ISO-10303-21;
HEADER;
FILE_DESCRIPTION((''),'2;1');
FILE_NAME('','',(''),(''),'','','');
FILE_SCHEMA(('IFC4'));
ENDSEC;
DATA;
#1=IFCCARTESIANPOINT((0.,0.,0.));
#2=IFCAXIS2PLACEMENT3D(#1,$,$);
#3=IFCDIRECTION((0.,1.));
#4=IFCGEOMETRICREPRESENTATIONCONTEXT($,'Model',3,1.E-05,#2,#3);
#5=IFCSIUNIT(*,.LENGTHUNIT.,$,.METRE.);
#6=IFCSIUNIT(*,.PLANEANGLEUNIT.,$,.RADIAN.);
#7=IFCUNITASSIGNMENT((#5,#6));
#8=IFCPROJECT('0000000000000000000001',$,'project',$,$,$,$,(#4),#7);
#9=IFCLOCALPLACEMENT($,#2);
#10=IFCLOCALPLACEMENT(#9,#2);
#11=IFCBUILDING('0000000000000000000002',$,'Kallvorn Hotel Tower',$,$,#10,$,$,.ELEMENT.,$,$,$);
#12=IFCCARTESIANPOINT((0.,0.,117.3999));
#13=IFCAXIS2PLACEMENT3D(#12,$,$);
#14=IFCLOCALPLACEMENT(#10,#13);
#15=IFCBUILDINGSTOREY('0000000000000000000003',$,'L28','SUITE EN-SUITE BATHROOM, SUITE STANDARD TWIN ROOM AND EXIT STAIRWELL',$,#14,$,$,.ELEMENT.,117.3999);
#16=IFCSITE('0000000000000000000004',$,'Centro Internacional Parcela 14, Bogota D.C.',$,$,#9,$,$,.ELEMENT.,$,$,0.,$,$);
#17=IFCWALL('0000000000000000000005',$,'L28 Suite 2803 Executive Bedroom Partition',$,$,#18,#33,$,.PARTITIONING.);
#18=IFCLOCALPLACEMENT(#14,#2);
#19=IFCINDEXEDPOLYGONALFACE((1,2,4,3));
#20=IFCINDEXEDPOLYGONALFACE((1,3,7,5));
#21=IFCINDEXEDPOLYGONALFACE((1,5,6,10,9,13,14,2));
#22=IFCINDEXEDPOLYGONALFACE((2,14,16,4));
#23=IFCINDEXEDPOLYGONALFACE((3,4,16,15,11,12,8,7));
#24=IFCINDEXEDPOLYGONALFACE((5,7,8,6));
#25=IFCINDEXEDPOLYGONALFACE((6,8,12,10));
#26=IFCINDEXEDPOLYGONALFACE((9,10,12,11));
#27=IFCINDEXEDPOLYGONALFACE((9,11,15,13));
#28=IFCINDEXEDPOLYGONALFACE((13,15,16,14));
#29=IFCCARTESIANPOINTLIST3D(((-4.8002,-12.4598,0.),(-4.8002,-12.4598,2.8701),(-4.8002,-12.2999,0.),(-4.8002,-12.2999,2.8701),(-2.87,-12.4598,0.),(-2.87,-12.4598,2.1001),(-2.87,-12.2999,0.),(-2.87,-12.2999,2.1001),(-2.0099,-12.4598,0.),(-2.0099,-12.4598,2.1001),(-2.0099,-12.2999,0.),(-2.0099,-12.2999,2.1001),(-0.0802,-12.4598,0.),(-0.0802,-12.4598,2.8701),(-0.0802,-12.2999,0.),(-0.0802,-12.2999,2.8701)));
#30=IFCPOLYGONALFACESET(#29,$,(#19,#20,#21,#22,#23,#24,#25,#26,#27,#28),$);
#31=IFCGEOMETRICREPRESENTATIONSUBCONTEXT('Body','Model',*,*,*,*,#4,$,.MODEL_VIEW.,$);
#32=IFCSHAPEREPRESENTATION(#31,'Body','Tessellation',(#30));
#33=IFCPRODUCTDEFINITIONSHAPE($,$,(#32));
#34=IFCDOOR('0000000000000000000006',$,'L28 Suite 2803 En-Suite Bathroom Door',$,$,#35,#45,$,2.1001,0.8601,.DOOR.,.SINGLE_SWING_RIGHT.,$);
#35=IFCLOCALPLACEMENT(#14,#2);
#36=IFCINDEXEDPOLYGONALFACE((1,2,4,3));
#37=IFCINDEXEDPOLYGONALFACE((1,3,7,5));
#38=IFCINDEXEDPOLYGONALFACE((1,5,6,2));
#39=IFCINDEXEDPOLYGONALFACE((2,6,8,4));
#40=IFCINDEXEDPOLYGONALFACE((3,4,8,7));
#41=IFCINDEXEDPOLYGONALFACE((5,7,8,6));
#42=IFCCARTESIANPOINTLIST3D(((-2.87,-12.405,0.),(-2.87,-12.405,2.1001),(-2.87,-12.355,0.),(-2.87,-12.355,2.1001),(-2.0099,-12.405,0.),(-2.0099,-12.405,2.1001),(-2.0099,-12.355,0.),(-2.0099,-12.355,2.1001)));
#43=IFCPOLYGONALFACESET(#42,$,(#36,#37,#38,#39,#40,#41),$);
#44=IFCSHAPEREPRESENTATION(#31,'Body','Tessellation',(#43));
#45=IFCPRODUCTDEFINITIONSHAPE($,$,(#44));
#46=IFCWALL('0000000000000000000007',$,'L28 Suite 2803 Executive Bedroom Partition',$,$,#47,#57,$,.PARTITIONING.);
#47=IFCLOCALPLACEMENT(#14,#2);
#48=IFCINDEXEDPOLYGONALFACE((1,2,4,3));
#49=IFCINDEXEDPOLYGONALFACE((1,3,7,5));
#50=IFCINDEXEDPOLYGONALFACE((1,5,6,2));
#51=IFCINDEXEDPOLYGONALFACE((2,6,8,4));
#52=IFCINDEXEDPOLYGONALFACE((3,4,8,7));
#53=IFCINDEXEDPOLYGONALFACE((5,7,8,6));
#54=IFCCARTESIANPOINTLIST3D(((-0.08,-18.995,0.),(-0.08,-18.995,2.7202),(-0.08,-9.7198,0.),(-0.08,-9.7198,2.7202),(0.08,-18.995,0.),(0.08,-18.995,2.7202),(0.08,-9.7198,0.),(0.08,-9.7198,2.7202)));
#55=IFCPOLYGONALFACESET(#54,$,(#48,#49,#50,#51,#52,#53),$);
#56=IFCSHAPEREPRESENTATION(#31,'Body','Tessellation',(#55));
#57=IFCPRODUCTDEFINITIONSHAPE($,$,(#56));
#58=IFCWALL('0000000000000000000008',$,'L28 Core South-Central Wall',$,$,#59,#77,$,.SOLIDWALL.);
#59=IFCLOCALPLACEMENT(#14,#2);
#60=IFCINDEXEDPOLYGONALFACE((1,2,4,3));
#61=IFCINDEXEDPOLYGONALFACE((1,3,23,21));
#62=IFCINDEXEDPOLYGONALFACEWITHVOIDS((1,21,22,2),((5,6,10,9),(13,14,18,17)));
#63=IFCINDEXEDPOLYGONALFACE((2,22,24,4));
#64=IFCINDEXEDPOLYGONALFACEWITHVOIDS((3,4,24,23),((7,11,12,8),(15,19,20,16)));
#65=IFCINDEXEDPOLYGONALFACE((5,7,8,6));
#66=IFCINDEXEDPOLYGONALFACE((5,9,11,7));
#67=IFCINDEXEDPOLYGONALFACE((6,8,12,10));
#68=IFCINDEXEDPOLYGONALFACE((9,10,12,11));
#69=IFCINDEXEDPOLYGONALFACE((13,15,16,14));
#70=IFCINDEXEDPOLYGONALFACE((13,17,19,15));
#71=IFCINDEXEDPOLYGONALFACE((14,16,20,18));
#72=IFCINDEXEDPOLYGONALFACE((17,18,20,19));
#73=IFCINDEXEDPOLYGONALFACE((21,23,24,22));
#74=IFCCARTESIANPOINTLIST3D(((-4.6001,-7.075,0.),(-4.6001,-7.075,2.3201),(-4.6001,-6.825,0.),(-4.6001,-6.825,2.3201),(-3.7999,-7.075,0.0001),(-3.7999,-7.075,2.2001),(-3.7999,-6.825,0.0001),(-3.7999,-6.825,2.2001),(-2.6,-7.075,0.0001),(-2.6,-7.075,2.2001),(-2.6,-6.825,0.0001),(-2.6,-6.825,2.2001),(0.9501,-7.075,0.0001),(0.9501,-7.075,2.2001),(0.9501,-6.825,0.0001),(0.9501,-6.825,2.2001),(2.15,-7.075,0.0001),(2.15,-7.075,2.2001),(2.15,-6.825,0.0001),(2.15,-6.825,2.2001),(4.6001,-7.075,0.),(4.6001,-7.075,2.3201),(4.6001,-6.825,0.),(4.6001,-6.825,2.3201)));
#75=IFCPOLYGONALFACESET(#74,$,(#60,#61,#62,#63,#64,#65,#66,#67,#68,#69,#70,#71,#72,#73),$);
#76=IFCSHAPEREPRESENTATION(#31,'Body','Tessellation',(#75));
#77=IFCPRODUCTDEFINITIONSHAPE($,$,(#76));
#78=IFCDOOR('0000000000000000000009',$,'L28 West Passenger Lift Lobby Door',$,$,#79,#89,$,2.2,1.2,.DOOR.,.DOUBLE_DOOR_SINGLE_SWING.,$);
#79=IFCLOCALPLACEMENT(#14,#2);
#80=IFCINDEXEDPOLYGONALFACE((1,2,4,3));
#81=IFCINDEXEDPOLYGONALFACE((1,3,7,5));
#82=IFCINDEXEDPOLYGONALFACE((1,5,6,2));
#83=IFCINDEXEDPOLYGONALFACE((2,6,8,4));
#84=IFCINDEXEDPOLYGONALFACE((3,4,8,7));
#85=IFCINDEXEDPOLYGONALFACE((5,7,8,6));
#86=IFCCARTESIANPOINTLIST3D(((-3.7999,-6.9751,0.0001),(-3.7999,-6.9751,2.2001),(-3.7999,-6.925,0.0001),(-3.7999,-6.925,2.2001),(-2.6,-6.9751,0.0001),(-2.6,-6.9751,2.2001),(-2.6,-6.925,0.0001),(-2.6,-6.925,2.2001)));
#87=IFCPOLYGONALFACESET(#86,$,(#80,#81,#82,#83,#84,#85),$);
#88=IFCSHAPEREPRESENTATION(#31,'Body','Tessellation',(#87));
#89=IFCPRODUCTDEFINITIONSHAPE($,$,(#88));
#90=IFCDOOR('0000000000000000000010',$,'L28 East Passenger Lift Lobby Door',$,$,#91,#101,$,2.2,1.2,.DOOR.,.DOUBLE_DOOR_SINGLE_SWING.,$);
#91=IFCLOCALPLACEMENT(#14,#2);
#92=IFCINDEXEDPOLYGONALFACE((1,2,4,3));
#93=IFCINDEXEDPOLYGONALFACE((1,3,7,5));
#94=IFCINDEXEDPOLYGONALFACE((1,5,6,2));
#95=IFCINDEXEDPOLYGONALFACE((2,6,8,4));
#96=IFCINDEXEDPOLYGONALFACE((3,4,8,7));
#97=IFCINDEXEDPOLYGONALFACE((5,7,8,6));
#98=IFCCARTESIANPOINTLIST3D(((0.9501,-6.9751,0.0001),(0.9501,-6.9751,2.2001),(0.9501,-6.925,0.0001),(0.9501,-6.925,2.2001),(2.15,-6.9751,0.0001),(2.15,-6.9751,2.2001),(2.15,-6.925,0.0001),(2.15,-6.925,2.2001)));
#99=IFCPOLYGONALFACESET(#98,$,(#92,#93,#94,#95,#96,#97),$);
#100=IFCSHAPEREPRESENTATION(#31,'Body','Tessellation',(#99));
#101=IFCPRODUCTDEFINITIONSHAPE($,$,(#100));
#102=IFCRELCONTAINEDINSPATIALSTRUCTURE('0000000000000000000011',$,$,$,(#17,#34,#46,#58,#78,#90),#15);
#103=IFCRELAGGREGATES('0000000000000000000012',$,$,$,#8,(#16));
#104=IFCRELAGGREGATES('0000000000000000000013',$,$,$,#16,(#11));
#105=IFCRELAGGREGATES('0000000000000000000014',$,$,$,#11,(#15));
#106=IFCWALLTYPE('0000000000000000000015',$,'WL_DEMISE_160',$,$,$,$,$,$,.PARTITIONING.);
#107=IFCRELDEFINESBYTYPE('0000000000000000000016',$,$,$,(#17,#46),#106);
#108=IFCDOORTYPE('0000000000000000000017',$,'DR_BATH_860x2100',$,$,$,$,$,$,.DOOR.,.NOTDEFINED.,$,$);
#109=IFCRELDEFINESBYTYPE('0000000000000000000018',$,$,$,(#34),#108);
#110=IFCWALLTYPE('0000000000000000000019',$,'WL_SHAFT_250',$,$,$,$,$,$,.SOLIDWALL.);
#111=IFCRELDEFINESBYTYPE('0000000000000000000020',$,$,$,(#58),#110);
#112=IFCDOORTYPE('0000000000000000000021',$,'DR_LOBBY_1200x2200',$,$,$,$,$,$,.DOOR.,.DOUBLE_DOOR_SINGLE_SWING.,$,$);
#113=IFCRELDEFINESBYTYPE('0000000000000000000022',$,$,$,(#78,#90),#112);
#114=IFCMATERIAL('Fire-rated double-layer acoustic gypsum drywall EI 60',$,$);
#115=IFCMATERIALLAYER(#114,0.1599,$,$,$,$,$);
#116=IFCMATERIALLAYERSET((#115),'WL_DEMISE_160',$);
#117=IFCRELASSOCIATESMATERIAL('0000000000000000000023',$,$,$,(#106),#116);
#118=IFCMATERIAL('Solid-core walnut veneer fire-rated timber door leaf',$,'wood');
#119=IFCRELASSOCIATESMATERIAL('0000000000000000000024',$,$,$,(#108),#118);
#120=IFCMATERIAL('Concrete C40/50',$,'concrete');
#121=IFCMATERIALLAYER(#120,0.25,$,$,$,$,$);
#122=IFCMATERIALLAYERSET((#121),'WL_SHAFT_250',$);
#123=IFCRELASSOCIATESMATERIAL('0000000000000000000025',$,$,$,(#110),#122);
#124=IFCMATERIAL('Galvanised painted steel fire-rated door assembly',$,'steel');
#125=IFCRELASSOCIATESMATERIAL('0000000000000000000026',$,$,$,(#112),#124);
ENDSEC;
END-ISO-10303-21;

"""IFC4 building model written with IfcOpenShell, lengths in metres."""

from ifc_helpers import new_model, si_unit, direction, frame, frame_2d, origin, place, context, subcontext, project, spatial, rectangle, extrude, material, layer, layer_set, type_object, element, fill, save


model = new_model("IFC4")

# Units and contexts
model_context = context("Model", 3, precision=1e-05, world=origin(), true_north=direction((0.0, 1.0)))
body_context = subcontext(model_context, "Body", "Model", "MODEL_VIEW")
ifc_project = project(units=[si_unit("LENGTHUNIT", "METRE"), si_unit("PLANEANGLEUNIT", "RADIAN")], contexts=[model_context])

# Site, building, storey
site_placement = place(None, origin())
site = spatial("IfcSite", under=ifc_project, at=site_placement, Name="Centro Internacional Parcela 14, Bogota D.C.", CompositionType="ELEMENT", RefElevation=0.0)
building_placement = place(site_placement, origin())
building = spatial("IfcBuilding", under=site, at=building_placement, Name="Kallvorn Hotel Tower", CompositionType="ELEMENT")
storey_placement = place(building_placement, frame((0.0, 0.0, 117.3999)))
storey = spatial("IfcBuildingStorey", under=building, at=storey_placement, Name="L28", Description="SUITE EN-SUITE BATHROOM, SUITE STANDARD TWIN ROOM AND EXIT STAIRWELL", CompositionType="ELEMENT", Elevation=117.3999)

# Wall, opening, door
ifc_material_1 = material(Name="Fire-rated double-layer acoustic gypsum drywall EI 60")
ifc_layer_1 = layer(ifc_material_1, 0.1599)
ifc_layer_set_1 = layer_set([ifc_layer_1], Name="WL_DEMISE_160")
wall_type_1 = type_object("IfcWallType", Name="WL_DEMISE_160", PredefinedType="PARTITIONING", material=ifc_layer_set_1)
wall_1_placement = place(storey_placement, frame((-4.8, -12.3799, 0.0), z_axis=(0.0, 0.0, 1.0), x_axis=(1.0, 0.0, 0.0)))
wall_1 = element("IfcWall", 1, at=wall_1_placement, inside=storey, type_object=wall_type_1, Name="L28 Suite 2803 Executive Bedroom Partition", PredefinedType="PARTITIONING", context=body_context, shape_type="SweptSolid", body=[
    extrude(rectangle(XDim=4.72, YDim=0.1599, at=frame_2d((2.3599, 0.0))), origin(), (0.0, 0.0, 1.0), 2.8701),
])
opening_1_placement = place(wall_1_placement, frame((1.9299, 0.0, 0.0)))
opening_1 = element("IfcOpeningElement", 2, at=opening_1_placement, cuts=wall_1, PredefinedType="OPENING", context=body_context, shape_type="SweptSolid", body=[
    extrude(rectangle(XDim=0.8601, YDim=2.1001, at=frame_2d((0.4302, 1.05))), frame((0.0, 0.095, 0.0), z_axis=(0.0, -1.0, 0.0), x_axis=(1.0, 0.0, 0.0)), (0.0, 0.0, 1.0), 0.1899),
])
ifc_material_2 = material(Name="Solid-core walnut veneer fire-rated timber door leaf", Category="wood")
door_type_1 = type_object("IfcDoorType", Name="DR_BATH_860x2100", OperationType="NOTDEFINED", PredefinedType="DOOR", material=ifc_material_2)
door_1_placement = place(opening_1_placement, origin())
door_1 = element("IfcDoor", 3, at=door_1_placement, inside=storey, type_object=door_type_1, Name="L28 Suite 2803 En-Suite Bathroom Door", OperationType="SINGLE_SWING_RIGHT", OverallHeight=2.1001, OverallWidth=0.8601, PredefinedType="DOOR", context=body_context, shape_type="SweptSolid", body=[
    extrude(rectangle(XDim=0.8601, YDim=2.1001, at=frame_2d((0.4302, 1.05))), frame((0.0, 0.0249, 0.0), z_axis=(0.0, -1.0, 0.0), x_axis=(1.0, 0.0, 0.0)), (0.0, 0.0, 1.0), 0.05),
])
fill(opening_1, door_1)

# Wall
wall_2_placement = place(storey_placement, frame((0.0, -18.9951, 0.0), z_axis=(0.0, 0.0, 1.0), x_axis=(0.0, 1.0, 0.0)))
element("IfcWall", 4, at=wall_2_placement, inside=storey, type_object=wall_type_1, Name="L28 Suite 2803 Executive Bedroom Partition", PredefinedType="PARTITIONING", context=body_context, shape_type="SweptSolid", body=[
    extrude(rectangle(XDim=9.2751, YDim=0.1599, at=frame_2d((4.6377, 0.0))), origin(), (0.0, 0.0, 1.0), 2.7202),
])

# Wall, openings, doors
ifc_material_3 = material(Name="Concrete C40/50", Category="concrete")
ifc_layer_2 = layer(ifc_material_3, 0.25)
ifc_layer_set_2 = layer_set([ifc_layer_2], Name="WL_SHAFT_250")
wall_type_2 = type_object("IfcWallType", Name="WL_SHAFT_250", PredefinedType="SOLIDWALL", material=ifc_layer_set_2)
wall_3_placement = place(storey_placement, frame((-4.6001, -6.95, 0.0), z_axis=(0.0, 0.0, 1.0), x_axis=(1.0, 0.0, 0.0)))
wall_3 = element("IfcWall", 5, at=wall_3_placement, inside=storey, type_object=wall_type_2, Name="L28 Core South-Central Wall", PredefinedType="SOLIDWALL", context=body_context, shape_type="SweptSolid", body=[
    extrude(rectangle(XDim=9.2002, YDim=0.25, at=frame_2d((4.6001, 0.0))), origin(), (0.0, 0.0, 1.0), 2.3201),
])
opening_2_placement = place(wall_3_placement, frame((0.8, 0.0, 0.0)))
opening_2 = element("IfcOpeningElement", 6, at=opening_2_placement, cuts=wall_3, PredefinedType="OPENING", context=body_context, shape_type="SweptSolid", body=[
    extrude(rectangle(XDim=1.2, YDim=2.2, at=frame_2d((0.6001, 1.1001))), frame((0.0, 0.1399, 0.0), z_axis=(0.0, -1.0, 0.0), x_axis=(1.0, 0.0, 0.0)), (0.0, 0.0, 1.0), 0.28),
])
opening_3_placement = place(wall_3_placement, frame((5.55, 0.0, 0.0)))
opening_3 = element("IfcOpeningElement", 7, at=opening_3_placement, cuts=wall_3, PredefinedType="OPENING", context=body_context, shape_type="SweptSolid", body=[
    extrude(rectangle(XDim=1.2, YDim=2.2, at=frame_2d((0.6001, 1.1001))), frame((0.0, 0.1399, 0.0), z_axis=(0.0, -1.0, 0.0), x_axis=(1.0, 0.0, 0.0)), (0.0, 0.0, 1.0), 0.28),
])
ifc_material_4 = material(Name="Galvanised painted steel fire-rated door assembly", Category="steel")
door_type_2 = type_object("IfcDoorType", Name="DR_LOBBY_1200x2200", OperationType="DOUBLE_DOOR_SINGLE_SWING", PredefinedType="DOOR", material=ifc_material_4)
door_2_placement = place(opening_2_placement, origin())
door_2 = element("IfcDoor", 8, at=door_2_placement, inside=storey, type_object=door_type_2, Name="L28 West Passenger Lift Lobby Door", OperationType="DOUBLE_DOOR_SINGLE_SWING", OverallHeight=2.2, OverallWidth=1.2, PredefinedType="DOOR", context=body_context, shape_type="SweptSolid", body=[
    extrude(rectangle(XDim=1.2, YDim=2.2, at=frame_2d((0.6001, 1.1001))), frame((0.0, 0.0249, 0.0), z_axis=(0.0, -1.0, 0.0), x_axis=(1.0, 0.0, 0.0)), (0.0, 0.0, 1.0), 0.05),
])
fill(opening_2, door_2)
door_3_placement = place(opening_3_placement, origin())
door_3 = element("IfcDoor", 9, at=door_3_placement, inside=storey, type_object=door_type_2, Name="L28 East Passenger Lift Lobby Door", OperationType="DOUBLE_DOOR_SINGLE_SWING", OverallHeight=2.2, OverallWidth=1.2, PredefinedType="DOOR", context=body_context, shape_type="SweptSolid", body=[
    extrude(rectangle(XDim=1.2, YDim=2.2, at=frame_2d((0.6001, 1.1001))), frame((0.0, 0.0249, 0.0), z_axis=(0.0, -1.0, 0.0), x_axis=(1.0, 0.0, 0.0)), (0.0, 0.0, 1.0), 0.05),
])
fill(opening_3, door_3)

save(model, "model.ifc")
